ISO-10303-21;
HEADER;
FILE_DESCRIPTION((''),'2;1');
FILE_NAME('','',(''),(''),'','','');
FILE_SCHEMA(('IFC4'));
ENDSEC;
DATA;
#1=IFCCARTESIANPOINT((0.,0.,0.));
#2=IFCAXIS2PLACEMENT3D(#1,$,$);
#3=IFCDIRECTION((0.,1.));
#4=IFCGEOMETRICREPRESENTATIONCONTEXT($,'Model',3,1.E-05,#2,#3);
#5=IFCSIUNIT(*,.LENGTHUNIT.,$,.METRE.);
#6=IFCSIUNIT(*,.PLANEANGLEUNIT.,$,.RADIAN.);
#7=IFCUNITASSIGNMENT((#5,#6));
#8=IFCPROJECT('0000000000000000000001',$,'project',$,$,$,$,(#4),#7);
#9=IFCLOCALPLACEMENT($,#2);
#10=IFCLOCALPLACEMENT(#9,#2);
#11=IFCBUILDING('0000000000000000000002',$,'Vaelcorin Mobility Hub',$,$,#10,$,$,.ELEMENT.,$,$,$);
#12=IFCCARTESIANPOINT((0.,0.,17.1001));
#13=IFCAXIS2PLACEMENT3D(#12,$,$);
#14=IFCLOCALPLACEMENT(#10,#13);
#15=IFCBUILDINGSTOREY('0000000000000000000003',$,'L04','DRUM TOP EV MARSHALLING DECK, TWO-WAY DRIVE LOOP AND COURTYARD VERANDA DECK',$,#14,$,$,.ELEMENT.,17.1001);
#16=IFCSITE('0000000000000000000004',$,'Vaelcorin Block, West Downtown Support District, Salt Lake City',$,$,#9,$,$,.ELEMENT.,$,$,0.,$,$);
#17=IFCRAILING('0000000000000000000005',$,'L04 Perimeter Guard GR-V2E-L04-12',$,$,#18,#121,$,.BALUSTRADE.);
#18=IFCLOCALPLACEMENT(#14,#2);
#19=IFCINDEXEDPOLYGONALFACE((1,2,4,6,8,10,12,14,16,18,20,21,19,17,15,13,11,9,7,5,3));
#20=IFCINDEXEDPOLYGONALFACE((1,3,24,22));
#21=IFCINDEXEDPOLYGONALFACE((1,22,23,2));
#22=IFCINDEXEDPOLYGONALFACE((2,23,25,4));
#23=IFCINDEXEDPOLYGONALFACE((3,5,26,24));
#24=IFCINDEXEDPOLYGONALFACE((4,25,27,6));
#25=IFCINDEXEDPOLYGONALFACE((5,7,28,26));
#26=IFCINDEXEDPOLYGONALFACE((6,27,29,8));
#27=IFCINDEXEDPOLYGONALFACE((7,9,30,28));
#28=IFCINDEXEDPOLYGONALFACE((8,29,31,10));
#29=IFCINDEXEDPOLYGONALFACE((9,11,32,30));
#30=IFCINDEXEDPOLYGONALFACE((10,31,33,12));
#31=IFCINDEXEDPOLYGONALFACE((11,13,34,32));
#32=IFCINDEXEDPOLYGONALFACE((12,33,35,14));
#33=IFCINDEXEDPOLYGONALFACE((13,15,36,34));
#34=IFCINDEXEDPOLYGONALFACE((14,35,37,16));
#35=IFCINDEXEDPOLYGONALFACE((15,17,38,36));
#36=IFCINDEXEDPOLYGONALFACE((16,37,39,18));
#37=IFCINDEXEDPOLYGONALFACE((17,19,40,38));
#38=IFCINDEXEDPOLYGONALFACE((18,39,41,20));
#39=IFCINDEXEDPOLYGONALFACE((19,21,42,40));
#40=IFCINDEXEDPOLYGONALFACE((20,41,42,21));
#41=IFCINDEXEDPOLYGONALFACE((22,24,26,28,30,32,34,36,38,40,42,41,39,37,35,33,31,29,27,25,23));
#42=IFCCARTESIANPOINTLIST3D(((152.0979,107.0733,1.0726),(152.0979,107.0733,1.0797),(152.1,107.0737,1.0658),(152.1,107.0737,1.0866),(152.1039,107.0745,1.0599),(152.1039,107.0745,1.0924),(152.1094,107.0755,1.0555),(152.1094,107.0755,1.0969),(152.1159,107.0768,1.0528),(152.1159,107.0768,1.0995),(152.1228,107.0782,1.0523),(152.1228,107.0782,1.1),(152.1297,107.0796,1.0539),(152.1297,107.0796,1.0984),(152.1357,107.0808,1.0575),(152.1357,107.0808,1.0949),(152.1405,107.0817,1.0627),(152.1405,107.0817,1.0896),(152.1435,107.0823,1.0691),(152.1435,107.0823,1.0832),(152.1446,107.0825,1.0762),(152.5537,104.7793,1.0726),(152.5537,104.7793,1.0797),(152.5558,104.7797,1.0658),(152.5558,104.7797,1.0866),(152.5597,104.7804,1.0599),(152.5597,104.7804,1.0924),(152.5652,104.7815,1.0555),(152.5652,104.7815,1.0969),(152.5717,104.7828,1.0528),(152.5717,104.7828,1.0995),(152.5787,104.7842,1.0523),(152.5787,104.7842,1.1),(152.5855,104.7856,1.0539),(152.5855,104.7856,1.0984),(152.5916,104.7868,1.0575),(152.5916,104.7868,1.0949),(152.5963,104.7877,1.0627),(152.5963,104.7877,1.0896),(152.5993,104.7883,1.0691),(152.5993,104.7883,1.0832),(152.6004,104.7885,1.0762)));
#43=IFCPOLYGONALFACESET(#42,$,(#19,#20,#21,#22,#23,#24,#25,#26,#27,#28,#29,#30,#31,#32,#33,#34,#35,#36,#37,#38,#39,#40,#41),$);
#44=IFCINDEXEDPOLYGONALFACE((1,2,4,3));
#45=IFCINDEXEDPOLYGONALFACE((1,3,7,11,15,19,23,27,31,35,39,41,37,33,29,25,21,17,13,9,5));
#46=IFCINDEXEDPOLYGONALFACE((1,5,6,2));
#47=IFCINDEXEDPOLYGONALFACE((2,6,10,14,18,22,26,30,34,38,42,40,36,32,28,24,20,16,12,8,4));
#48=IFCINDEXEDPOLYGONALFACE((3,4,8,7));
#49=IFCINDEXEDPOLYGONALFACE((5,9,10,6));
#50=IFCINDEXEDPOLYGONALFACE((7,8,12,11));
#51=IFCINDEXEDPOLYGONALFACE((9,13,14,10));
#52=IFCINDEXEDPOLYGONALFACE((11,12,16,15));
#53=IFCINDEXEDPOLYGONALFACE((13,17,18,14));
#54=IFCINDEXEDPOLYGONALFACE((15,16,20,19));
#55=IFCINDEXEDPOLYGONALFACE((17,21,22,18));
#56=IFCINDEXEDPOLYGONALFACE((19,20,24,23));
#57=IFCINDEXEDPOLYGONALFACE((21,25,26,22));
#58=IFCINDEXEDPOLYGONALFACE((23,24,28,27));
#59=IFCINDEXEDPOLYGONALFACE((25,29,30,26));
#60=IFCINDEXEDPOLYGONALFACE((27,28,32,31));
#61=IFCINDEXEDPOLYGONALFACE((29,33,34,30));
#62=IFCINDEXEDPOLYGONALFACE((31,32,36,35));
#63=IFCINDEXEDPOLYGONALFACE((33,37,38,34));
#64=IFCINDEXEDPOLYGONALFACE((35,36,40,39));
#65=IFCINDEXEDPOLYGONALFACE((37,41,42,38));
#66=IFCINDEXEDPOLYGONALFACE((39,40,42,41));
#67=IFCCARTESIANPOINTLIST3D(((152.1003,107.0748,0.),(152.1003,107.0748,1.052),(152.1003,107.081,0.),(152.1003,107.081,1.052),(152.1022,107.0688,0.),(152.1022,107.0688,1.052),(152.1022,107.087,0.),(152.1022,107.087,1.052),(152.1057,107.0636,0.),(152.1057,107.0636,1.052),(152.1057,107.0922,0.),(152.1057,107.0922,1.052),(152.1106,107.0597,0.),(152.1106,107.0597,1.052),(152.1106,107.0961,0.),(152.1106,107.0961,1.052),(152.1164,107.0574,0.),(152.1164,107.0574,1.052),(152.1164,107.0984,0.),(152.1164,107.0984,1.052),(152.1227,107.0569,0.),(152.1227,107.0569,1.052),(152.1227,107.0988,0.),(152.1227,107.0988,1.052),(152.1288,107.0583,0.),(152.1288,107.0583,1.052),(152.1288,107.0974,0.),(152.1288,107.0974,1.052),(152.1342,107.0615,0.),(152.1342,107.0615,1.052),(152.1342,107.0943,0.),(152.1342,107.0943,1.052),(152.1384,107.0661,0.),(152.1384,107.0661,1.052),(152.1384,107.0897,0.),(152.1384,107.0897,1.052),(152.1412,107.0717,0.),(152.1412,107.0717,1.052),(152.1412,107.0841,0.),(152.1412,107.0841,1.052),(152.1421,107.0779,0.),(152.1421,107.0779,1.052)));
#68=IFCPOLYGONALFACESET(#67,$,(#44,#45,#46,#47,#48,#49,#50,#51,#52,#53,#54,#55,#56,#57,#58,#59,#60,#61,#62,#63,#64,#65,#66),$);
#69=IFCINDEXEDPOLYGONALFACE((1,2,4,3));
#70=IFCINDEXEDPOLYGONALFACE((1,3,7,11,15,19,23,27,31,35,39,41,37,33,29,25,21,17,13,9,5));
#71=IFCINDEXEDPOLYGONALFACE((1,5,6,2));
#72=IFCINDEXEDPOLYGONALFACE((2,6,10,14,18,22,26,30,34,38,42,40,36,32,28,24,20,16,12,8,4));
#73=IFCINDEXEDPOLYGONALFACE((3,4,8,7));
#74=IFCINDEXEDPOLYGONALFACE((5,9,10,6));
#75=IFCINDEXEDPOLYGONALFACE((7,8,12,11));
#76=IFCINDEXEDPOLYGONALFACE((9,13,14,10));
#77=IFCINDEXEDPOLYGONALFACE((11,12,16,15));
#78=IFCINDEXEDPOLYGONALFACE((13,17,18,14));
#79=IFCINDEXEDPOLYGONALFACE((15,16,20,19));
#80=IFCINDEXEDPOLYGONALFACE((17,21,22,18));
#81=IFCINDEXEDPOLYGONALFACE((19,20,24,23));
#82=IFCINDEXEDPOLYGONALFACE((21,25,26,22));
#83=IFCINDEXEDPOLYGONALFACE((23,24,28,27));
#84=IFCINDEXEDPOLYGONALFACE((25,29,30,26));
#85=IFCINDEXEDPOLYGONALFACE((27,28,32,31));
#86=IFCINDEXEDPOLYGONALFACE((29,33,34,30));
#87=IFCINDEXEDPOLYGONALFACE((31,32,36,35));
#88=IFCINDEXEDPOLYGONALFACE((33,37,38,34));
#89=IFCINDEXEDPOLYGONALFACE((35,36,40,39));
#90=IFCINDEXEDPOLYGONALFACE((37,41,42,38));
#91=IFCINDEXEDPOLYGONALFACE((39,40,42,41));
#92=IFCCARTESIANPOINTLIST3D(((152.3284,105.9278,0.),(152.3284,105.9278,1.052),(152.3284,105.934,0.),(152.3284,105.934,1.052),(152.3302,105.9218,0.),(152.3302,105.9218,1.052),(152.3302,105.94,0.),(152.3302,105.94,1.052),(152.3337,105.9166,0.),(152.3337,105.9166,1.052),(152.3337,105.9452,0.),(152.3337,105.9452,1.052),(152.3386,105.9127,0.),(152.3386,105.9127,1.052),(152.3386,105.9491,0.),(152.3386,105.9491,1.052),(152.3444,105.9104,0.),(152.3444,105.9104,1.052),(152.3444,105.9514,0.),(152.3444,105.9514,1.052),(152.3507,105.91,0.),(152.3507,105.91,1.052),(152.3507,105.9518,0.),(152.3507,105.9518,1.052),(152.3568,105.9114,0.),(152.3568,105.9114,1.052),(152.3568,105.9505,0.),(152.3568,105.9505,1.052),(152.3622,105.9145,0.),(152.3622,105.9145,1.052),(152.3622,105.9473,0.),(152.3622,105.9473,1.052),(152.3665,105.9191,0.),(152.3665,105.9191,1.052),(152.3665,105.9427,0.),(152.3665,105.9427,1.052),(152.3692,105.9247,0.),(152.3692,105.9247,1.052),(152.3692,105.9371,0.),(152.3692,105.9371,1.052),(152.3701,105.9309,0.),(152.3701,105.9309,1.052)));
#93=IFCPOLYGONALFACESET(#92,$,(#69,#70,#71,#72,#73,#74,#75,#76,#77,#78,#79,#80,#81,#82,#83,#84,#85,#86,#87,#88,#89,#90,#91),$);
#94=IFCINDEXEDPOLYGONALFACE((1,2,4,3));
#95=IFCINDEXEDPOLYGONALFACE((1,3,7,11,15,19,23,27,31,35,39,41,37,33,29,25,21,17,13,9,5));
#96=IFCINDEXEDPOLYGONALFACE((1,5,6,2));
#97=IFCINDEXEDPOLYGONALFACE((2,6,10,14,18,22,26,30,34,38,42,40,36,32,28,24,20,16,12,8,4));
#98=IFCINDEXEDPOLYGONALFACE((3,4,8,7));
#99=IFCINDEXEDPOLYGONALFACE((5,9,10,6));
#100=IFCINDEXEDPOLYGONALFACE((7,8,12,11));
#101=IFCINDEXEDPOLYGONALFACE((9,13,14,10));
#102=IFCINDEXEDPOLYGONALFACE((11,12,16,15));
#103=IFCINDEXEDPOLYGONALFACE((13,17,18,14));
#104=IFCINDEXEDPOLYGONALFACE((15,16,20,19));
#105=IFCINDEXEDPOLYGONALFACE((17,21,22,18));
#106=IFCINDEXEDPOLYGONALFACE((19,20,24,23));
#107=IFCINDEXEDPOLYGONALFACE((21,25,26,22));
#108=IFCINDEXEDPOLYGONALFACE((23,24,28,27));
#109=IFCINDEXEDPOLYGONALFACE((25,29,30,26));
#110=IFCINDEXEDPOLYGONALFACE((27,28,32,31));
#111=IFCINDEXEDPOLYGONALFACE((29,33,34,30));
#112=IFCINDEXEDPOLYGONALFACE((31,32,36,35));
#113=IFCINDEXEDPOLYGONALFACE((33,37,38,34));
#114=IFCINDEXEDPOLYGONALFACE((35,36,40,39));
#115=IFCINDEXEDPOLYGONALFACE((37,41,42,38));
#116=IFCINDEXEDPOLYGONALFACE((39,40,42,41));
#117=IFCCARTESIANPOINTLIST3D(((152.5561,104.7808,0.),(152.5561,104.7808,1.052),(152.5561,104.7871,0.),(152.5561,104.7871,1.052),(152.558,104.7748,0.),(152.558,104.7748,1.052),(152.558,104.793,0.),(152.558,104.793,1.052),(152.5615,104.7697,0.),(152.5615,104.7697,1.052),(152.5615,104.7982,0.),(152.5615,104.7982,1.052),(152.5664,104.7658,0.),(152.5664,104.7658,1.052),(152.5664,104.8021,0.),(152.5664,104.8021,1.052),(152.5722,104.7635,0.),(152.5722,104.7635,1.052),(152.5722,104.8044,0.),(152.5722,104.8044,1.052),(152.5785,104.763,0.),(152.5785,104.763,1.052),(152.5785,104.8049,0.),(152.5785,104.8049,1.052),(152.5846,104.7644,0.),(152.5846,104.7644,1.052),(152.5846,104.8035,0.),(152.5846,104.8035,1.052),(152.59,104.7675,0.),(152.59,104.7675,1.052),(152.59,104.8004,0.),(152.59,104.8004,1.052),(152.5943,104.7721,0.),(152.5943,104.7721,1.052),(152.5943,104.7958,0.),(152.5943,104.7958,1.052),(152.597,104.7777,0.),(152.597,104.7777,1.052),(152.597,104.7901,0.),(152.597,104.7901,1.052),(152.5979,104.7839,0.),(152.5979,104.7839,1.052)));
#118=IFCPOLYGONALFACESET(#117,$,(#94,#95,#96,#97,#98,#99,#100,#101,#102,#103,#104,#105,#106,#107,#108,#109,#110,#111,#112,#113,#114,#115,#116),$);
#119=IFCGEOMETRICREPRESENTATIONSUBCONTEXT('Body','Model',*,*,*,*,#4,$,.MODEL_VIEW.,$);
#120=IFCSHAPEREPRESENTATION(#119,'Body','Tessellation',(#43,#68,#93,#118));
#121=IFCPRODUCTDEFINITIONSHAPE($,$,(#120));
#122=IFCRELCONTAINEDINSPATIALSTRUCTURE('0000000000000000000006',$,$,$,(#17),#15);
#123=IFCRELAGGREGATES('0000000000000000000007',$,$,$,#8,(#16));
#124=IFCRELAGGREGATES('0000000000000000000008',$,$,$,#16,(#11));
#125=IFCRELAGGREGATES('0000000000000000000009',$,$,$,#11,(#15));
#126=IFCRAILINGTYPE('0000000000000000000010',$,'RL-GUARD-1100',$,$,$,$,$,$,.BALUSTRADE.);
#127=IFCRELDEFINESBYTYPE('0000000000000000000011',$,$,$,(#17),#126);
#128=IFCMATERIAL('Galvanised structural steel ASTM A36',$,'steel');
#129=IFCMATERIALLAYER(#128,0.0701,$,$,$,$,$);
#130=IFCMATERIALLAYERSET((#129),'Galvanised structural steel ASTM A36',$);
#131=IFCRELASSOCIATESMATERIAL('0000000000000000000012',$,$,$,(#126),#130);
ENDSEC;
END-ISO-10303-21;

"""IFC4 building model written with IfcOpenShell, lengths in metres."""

from ifc_helpers import new_model, si_unit, direction, frame, origin, origin_2d, place, context, subcontext, project, spatial, circle, extrude, material, layer, layer_set, type_object, element, save


model = new_model("IFC4")

# Units and contexts
model_context = context("Model", 3, precision=1e-05, world=origin(), true_north=direction((0.0, 1.0)))
body_context = subcontext(model_context, "Body", "Model", "MODEL_VIEW")
ifc_project = project(units=[si_unit("LENGTHUNIT", "METRE"), si_unit("PLANEANGLEUNIT", "RADIAN")], contexts=[model_context])

# Site, building, storey
site_placement = place(None, origin())
site = spatial("IfcSite", under=ifc_project, at=site_placement, Name="Vaelcorin Block, West Downtown Support District, Salt Lake City", CompositionType="ELEMENT", RefElevation=0.0)
building_placement = place(site_placement, origin())
building = spatial("IfcBuilding", under=site, at=building_placement, Name="Vaelcorin Mobility Hub", CompositionType="ELEMENT")
storey_placement = place(building_placement, frame((0.0, 0.0, 17.1001)))
storey = spatial("IfcBuildingStorey", under=building, at=storey_placement, Name="L04", Description="DRUM TOP EV MARSHALLING DECK, TWO-WAY DRIVE LOOP AND COURTYARD VERANDA DECK", CompositionType="ELEMENT", Elevation=17.1001)

# Railing
ifc_material_1 = material(Name="Galvanised structural steel ASTM A36", Category="steel")
ifc_layer_1 = layer(ifc_material_1, 0.0701)
ifc_layer_set_1 = layer_set([ifc_layer_1], Name="Galvanised structural steel ASTM A36")
railing_type = type_object("IfcRailingType", Name="RL-GUARD-1100", PredefinedType="BALUSTRADE", material=ifc_layer_set_1)
railing_1_placement = place(storey_placement, frame((152.1211, 107.0779, 0.0)))
element("IfcRailing", 1, at=railing_1_placement, inside=storey, type_object=railing_type, Name="L04 Perimeter Guard GR-V2E-L04-12", PredefinedType="BALUSTRADE", context=body_context, shape_type="SweptSolid", body=[
    extrude(circle(Radius=0.0239, at=origin_2d()), frame((0.0, 0.0, 1.0762), z_axis=(0.194891, -0.980825, 0.0), x_axis=(0.980825, 0.194891, 0.0)), (0.0, 0.0, 1.0), 2.3389),
    extrude(circle(Radius=0.021, at=origin_2d()), origin(), (0.0, 0.0, 1.0), 1.052),
    extrude(circle(Radius=0.021, at=origin_2d()), frame((0.228, -1.147, 0.0)), (0.0, 0.0, 1.0), 1.052),
    extrude(circle(Radius=0.021, at=origin_2d()), frame((0.4558, -2.2939, 0.0)), (0.0, 0.0, 1.0), 1.052),
])

save(model, "model.ifc")
